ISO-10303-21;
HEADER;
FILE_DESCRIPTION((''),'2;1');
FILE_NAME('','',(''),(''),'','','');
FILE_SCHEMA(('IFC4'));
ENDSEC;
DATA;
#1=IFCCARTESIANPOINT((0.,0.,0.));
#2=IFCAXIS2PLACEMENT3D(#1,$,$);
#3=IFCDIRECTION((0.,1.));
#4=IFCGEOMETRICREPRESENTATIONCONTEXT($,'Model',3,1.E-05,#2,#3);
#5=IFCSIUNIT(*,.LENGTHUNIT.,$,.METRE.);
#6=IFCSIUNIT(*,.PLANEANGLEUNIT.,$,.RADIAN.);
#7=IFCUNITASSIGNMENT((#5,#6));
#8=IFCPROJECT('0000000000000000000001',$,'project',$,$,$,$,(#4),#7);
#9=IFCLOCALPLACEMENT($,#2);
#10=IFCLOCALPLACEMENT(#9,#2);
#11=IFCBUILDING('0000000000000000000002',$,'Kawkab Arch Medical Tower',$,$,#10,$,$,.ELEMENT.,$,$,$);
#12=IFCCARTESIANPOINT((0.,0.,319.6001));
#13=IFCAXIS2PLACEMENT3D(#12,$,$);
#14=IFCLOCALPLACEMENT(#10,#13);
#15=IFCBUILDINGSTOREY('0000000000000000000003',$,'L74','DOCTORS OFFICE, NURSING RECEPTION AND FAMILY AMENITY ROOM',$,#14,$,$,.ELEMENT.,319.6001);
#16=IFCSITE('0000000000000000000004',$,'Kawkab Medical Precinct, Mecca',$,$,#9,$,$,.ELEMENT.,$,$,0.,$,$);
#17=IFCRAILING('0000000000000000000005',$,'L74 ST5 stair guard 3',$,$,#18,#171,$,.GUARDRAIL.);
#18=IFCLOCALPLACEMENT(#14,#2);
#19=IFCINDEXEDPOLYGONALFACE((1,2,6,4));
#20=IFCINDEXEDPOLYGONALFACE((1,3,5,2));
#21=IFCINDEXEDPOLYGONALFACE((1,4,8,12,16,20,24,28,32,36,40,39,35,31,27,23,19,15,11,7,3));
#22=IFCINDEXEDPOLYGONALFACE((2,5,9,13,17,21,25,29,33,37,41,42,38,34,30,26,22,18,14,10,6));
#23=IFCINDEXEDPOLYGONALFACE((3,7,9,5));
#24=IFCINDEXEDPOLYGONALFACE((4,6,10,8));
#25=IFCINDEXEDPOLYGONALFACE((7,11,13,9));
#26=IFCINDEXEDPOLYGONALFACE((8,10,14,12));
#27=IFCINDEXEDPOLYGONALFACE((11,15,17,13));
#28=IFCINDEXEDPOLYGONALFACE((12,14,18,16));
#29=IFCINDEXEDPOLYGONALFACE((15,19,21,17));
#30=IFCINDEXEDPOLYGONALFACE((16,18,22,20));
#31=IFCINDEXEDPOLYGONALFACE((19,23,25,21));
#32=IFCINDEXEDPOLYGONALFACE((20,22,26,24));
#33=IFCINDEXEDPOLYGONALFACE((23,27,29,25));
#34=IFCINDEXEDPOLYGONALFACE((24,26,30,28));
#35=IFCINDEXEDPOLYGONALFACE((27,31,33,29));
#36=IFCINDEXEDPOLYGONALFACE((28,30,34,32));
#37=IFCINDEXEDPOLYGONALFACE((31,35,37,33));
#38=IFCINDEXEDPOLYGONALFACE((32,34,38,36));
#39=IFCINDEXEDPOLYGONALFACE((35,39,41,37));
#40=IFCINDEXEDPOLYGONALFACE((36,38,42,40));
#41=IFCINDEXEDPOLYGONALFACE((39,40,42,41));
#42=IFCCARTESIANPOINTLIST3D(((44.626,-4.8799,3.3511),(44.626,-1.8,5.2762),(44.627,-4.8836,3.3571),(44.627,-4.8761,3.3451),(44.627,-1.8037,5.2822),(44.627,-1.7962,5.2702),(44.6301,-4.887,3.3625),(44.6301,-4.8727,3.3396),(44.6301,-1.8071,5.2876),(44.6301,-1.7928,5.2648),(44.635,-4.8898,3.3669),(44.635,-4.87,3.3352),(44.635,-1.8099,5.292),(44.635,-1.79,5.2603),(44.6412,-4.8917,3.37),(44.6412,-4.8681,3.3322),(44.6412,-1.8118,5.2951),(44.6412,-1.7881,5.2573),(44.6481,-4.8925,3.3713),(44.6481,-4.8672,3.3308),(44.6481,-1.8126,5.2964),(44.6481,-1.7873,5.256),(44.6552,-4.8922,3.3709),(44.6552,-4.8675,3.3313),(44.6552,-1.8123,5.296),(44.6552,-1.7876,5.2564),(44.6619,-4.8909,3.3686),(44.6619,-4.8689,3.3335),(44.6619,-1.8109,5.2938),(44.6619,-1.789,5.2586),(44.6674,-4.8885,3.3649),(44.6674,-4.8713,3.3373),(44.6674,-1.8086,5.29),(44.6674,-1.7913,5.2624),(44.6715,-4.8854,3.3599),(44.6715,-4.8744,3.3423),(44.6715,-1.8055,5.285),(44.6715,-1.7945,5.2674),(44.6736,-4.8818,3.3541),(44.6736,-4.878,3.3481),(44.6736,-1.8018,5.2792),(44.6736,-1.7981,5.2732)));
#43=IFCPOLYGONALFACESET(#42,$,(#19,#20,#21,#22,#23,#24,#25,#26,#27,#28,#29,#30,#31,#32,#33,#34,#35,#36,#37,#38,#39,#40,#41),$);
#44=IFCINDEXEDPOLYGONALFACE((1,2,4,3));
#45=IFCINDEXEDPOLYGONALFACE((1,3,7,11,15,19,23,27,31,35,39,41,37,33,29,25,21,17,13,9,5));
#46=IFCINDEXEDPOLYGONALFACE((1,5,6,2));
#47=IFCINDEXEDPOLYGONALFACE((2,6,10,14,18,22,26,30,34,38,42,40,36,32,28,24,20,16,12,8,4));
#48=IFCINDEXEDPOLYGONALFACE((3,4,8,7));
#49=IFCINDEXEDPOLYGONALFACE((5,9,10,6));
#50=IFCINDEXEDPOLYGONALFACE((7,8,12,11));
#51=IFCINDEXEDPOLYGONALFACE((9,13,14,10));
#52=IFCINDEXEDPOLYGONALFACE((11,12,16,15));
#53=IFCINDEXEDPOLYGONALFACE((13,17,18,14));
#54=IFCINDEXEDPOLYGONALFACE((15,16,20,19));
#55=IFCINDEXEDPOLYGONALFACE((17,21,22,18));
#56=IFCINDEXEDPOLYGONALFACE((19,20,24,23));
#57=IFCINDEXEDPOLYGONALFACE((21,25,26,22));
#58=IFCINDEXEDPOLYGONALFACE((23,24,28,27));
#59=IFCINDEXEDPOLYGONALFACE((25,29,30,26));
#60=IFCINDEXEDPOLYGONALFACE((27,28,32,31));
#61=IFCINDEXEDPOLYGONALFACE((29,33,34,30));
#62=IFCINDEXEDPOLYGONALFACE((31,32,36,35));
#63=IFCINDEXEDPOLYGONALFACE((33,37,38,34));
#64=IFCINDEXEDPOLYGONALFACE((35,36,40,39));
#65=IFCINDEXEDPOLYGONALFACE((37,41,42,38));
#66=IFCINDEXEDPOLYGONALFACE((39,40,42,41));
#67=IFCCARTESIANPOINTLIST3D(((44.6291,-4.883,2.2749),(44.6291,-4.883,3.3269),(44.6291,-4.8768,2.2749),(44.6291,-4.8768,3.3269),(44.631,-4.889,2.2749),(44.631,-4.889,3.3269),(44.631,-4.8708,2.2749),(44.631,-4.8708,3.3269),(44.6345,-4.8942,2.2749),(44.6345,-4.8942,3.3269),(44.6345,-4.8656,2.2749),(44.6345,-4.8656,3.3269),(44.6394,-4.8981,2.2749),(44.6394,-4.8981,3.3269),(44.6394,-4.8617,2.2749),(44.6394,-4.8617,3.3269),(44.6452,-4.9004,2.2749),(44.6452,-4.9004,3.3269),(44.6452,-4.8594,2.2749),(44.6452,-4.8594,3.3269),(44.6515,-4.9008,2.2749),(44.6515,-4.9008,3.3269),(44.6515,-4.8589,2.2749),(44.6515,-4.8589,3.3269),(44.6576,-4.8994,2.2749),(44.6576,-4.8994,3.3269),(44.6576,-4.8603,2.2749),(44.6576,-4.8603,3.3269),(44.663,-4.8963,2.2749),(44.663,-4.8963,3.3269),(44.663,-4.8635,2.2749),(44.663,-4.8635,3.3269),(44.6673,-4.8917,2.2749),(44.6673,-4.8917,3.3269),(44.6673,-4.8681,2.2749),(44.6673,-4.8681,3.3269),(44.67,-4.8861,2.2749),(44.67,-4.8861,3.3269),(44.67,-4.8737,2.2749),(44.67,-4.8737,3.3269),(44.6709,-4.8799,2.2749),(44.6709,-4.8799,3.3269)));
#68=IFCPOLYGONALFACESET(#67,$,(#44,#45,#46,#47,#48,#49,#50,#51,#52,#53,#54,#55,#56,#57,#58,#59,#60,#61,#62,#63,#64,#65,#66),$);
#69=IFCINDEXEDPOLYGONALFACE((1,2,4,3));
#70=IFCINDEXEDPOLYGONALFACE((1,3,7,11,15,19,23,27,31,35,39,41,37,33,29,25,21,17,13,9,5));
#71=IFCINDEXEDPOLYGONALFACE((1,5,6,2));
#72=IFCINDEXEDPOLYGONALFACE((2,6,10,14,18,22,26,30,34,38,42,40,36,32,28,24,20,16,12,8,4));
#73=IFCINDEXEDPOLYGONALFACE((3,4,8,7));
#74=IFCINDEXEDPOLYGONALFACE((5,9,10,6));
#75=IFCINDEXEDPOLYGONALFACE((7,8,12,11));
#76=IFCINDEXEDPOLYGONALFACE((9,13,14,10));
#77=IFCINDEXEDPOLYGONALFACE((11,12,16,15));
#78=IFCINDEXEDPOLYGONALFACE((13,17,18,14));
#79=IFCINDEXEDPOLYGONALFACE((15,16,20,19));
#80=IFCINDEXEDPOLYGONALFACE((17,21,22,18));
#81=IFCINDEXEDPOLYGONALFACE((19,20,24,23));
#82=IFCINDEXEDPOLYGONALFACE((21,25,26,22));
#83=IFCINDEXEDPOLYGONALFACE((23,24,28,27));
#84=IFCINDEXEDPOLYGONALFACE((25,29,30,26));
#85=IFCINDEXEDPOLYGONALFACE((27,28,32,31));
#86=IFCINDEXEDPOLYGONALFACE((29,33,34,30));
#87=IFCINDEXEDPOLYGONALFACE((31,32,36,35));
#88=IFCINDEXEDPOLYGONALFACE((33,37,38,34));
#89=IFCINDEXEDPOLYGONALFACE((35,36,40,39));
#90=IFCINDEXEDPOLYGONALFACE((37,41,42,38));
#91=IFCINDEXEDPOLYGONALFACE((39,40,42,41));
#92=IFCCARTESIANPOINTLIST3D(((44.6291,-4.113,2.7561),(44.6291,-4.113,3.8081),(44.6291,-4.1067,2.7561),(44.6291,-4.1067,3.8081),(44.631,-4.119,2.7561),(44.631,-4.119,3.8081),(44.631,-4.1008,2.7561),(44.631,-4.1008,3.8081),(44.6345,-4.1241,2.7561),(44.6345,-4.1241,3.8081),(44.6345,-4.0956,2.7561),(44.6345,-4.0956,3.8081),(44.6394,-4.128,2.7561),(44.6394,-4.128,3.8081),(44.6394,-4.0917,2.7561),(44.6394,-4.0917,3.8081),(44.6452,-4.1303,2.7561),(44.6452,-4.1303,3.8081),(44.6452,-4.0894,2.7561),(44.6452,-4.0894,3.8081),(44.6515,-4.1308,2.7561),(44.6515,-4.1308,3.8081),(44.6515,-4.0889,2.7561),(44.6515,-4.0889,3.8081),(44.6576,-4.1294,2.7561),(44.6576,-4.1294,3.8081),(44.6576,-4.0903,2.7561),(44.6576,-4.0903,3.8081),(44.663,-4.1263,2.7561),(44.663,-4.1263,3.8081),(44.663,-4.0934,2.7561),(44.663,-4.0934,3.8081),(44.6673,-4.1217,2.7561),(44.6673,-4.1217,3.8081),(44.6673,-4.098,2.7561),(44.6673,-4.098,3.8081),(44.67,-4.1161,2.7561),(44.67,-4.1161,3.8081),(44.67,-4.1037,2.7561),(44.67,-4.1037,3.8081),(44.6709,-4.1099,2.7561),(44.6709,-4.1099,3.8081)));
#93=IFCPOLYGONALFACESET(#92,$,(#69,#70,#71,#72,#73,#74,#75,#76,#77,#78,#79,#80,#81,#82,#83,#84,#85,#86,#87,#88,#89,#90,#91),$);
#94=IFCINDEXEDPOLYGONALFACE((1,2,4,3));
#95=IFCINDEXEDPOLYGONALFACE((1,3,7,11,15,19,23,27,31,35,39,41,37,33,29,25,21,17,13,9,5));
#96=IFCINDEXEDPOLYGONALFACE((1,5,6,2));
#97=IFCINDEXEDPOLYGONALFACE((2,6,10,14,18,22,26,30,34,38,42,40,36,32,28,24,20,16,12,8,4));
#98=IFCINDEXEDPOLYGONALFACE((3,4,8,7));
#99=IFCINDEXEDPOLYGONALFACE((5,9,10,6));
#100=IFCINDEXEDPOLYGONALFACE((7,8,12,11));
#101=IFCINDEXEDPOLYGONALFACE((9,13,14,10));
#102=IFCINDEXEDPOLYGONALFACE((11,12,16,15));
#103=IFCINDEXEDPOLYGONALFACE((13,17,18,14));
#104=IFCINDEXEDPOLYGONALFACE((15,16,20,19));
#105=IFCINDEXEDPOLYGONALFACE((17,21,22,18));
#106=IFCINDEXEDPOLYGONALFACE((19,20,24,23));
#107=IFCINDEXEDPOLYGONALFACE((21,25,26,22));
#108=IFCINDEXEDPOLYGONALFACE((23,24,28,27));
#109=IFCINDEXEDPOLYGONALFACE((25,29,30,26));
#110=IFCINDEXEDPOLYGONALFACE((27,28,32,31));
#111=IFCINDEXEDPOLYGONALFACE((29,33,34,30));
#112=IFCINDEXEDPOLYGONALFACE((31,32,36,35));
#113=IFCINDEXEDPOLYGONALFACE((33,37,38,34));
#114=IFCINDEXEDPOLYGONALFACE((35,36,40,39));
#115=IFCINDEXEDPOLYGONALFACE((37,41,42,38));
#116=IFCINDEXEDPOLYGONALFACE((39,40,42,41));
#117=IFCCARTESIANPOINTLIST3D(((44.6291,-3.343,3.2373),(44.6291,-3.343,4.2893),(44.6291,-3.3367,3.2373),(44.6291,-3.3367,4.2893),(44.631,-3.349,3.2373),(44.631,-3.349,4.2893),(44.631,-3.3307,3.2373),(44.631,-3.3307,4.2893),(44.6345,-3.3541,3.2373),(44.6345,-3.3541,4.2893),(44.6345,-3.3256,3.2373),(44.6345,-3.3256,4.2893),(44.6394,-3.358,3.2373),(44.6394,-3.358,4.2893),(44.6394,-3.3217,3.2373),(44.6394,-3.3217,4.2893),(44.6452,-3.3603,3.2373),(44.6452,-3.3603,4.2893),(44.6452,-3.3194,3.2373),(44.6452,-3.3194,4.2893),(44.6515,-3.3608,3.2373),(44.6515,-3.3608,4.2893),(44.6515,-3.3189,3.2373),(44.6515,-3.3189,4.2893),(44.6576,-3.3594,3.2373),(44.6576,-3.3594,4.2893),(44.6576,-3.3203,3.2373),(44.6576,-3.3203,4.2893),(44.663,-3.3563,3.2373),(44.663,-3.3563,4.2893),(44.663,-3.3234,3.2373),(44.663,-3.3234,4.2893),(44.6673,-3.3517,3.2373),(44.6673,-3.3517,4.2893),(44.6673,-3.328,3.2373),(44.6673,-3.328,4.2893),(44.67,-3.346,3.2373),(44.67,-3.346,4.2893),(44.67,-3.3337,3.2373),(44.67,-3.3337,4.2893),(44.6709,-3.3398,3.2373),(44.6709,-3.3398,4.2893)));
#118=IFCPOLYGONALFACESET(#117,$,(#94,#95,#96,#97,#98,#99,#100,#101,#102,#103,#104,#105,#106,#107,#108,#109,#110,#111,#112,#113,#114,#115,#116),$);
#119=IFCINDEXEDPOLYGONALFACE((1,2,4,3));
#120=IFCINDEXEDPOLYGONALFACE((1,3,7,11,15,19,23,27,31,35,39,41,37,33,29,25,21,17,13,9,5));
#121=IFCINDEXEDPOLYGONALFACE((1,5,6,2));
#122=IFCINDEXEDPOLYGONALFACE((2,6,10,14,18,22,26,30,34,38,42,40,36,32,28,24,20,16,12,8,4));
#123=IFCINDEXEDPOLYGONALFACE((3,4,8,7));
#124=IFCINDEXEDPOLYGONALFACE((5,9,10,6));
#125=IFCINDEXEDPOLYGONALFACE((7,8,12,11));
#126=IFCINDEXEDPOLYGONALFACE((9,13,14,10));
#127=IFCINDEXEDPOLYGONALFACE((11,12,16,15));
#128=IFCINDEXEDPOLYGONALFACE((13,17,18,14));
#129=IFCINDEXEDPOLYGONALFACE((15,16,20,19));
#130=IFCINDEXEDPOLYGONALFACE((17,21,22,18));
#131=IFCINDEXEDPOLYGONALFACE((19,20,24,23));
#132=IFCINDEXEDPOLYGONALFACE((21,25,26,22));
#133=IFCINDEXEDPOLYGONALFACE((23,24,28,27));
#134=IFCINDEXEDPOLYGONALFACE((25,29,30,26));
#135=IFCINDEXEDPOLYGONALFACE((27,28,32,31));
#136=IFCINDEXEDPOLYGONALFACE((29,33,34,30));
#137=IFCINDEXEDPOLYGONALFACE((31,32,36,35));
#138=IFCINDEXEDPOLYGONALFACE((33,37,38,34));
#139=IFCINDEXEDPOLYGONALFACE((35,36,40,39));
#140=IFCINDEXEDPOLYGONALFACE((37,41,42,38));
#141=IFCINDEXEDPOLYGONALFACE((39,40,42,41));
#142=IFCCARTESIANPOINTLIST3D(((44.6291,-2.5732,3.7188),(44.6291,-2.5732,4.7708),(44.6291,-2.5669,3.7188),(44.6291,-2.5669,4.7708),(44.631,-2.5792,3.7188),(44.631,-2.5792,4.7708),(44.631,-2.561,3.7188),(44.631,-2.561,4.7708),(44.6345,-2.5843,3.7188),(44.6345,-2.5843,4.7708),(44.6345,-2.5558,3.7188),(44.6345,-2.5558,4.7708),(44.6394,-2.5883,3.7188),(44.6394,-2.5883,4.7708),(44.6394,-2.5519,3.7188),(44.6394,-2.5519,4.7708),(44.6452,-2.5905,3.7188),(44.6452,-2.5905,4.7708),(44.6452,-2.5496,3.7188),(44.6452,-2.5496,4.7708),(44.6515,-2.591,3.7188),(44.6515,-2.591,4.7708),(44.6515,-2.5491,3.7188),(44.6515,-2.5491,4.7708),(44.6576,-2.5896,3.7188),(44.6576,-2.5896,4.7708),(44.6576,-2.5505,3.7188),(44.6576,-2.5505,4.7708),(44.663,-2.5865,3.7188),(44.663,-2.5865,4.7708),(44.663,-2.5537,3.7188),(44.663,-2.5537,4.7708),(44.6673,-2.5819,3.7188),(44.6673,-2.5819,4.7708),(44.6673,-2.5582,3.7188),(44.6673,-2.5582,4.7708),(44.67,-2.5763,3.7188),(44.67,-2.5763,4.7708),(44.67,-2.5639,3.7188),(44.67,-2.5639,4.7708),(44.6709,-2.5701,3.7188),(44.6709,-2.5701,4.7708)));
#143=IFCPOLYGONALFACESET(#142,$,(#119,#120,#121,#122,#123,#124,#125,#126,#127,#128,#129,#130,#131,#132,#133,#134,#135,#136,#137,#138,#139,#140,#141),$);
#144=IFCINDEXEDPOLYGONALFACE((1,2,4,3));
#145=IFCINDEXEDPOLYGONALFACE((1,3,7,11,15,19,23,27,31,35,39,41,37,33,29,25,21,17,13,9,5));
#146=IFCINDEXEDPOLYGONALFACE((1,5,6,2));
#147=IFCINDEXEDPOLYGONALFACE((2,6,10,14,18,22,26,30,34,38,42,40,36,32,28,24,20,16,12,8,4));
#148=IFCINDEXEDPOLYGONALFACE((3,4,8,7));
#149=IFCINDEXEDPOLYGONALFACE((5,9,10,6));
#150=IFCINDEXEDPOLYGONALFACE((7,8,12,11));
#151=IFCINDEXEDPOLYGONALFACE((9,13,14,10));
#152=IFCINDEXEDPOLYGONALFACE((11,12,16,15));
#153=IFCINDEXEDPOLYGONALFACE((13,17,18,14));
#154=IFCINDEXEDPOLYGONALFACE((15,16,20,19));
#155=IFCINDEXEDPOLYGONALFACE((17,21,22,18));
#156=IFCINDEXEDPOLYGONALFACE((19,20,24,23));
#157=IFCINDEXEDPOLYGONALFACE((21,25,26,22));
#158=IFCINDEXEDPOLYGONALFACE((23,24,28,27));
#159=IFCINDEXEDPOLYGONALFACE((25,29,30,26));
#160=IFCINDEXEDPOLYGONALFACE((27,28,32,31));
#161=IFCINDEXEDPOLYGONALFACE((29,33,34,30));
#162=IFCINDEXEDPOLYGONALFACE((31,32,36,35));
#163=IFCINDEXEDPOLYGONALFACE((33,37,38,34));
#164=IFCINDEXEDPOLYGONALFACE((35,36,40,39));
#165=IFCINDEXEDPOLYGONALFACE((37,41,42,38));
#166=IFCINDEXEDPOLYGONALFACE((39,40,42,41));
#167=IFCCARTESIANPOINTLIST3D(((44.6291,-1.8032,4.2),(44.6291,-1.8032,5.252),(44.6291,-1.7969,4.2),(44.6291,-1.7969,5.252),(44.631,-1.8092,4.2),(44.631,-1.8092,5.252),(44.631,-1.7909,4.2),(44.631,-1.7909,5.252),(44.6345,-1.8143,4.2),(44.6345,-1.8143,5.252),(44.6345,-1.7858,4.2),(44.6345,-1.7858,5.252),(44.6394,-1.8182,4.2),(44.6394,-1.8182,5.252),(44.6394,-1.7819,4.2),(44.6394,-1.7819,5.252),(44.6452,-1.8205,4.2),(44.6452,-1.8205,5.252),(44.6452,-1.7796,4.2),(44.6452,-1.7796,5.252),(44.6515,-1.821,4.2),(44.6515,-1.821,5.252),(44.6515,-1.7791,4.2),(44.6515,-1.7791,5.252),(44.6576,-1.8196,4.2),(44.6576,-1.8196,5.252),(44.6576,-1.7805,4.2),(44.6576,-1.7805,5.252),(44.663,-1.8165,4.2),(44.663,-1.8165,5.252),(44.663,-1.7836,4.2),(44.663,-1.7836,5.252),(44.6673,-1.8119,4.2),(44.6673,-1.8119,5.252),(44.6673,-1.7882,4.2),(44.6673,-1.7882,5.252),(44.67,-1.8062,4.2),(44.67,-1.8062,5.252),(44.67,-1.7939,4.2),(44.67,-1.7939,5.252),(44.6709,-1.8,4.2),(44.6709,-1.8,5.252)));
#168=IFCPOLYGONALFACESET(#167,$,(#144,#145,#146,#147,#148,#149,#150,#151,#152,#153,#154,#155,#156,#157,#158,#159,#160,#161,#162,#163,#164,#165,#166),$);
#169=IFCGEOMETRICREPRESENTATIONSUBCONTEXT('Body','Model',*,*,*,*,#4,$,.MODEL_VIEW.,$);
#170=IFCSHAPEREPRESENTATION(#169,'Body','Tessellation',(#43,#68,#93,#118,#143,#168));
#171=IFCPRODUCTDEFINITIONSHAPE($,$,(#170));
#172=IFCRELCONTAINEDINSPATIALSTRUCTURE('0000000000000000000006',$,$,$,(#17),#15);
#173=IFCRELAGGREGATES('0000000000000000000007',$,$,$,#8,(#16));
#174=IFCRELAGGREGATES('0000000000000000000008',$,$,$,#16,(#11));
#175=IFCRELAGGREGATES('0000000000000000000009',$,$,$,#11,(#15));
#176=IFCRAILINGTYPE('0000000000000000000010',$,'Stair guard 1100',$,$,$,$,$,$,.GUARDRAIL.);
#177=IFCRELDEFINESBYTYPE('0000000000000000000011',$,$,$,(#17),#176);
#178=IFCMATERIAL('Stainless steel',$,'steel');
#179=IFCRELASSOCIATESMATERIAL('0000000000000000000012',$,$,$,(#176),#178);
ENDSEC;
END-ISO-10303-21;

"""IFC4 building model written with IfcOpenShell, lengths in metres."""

from ifc_helpers import new_model, si_unit, direction, frame, origin, origin_2d, place, context, subcontext, project, spatial, circle, extrude, material, type_object, element, save


model = new_model("IFC4")

# Units and contexts
model_context = context("Model", 3, precision=1e-05, world=origin(), true_north=direction((0.0, 1.0)))
body_context = subcontext(model_context, "Body", "Model", "MODEL_VIEW")
ifc_project = project(units=[si_unit("LENGTHUNIT", "METRE"), si_unit("PLANEANGLEUNIT", "RADIAN")], contexts=[model_context])

# Site, building, storey
site_placement = place(None, origin())
site = spatial("IfcSite", under=ifc_project, at=site_placement, Name="Kawkab Medical Precinct, Mecca", CompositionType="ELEMENT", RefElevation=0.0)
building_placement = place(site_placement, origin())
building = spatial("IfcBuilding", under=site, at=building_placement, Name="Kawkab Arch Medical Tower", CompositionType="ELEMENT")
storey_placement = place(building_placement, frame((0.0, 0.0, 319.6001)))
storey = spatial("IfcBuildingStorey", under=building, at=storey_placement, Name="L74", Description="DOCTORS OFFICE, NURSING RECEPTION AND FAMILY AMENITY ROOM", CompositionType="ELEMENT", Elevation=319.6001)

# Railing
ifc_material_1 = material(Name="Stainless steel", Category="steel")
railing_type = type_object("IfcRailingType", Name="Stair guard 1100", PredefinedType="GUARDRAIL", material=ifc_material_1)
railing_1_placement = place(storey_placement, frame((44.6499, -4.8799, 2.2749)))
element("IfcRailing", 1, at=railing_1_placement, inside=storey, type_object=railing_type, Name="L74 ST5 stair guard 3", PredefinedType="GUARDRAIL", context=body_context, shape_type="SweptSolid", body=[
    extrude(circle(Radius=0.0239, at=origin_2d()), frame((0.0, 0.0, 1.0762), z_axis=(0.0, 0.847979, 0.530029), x_axis=(-1.0, 0.0, 0.0)), (0.0, 0.0, 1.0), 3.6321),
    extrude(circle(Radius=0.021, at=origin_2d()), origin(), (0.0, 0.0, 1.0), 1.052),
    extrude(circle(Radius=0.021, at=origin_2d()), frame((0.0, 0.77, 0.4812)), (0.0, 0.0, 1.0), 1.052),
    extrude(circle(Radius=0.021, at=origin_2d()), frame((0.0, 1.54, 0.9624)), (0.0, 0.0, 1.0), 1.052),
    extrude(circle(Radius=0.021, at=origin_2d()), frame((0.0, 2.3098, 1.4438)), (0.0, 0.0, 1.0), 1.052),
    extrude(circle(Radius=0.021, at=origin_2d()), frame((0.0, 3.0798, 1.925)), (0.0, 0.0, 1.0), 1.052),
])

save(model, "model.ifc")
